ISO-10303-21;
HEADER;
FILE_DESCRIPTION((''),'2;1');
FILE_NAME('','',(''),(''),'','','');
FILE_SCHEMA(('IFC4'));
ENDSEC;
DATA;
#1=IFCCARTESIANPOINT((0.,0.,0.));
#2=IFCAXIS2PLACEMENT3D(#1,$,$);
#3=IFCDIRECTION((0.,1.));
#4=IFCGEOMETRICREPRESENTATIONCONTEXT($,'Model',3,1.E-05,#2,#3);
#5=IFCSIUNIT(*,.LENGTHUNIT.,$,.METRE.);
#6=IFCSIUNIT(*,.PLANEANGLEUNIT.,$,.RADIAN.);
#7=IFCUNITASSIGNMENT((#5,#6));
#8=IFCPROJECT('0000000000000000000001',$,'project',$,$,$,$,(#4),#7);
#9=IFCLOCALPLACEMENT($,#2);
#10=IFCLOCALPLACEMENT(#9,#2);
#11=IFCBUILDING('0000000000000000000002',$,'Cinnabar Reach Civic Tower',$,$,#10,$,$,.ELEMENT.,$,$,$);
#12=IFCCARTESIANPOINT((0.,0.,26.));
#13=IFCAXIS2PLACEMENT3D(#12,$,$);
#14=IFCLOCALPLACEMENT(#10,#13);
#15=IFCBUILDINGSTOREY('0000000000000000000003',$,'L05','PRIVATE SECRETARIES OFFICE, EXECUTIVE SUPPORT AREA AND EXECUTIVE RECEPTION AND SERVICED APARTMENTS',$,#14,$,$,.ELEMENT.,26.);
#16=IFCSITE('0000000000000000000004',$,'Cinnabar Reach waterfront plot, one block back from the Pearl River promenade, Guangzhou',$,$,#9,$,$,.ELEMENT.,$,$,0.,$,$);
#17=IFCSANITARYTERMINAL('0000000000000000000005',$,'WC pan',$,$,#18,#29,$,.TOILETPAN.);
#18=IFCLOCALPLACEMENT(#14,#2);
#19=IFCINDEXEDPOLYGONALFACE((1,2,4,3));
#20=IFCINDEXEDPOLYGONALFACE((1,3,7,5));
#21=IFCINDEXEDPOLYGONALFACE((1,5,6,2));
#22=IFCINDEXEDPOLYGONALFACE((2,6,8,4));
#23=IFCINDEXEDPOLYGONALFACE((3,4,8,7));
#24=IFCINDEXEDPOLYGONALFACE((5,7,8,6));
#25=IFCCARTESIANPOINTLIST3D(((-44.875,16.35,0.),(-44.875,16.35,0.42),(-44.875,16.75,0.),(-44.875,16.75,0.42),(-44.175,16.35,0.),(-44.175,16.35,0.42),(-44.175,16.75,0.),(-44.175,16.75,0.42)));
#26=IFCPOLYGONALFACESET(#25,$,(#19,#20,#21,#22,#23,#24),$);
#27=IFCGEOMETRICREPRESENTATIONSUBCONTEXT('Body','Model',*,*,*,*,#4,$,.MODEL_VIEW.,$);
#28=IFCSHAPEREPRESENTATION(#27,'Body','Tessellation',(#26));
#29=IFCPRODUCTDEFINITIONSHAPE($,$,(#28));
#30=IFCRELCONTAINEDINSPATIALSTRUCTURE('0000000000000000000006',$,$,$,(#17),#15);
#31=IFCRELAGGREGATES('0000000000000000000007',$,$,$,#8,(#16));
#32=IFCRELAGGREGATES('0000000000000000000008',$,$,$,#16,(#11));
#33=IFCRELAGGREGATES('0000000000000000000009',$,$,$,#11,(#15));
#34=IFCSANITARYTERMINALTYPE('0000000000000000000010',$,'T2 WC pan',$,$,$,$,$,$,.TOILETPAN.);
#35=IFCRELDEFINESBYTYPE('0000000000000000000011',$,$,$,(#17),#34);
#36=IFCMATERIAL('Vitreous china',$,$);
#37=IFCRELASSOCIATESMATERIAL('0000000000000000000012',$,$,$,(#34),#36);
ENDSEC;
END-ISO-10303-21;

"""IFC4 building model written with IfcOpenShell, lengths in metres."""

from ifc_helpers import new_model, si_unit, direction, frame, origin, origin_2d, place, context, subcontext, project, spatial, rectangle, extrude, material, type_object, element, save


model = new_model("IFC4")

# Units and contexts
model_context = context("Model", 3, precision=1e-05, world=origin(), true_north=direction((0.0, 1.0)))
body_context = subcontext(model_context, "Body", "Model", "MODEL_VIEW")
ifc_project = project(units=[si_unit("LENGTHUNIT", "METRE"), si_unit("PLANEANGLEUNIT", "RADIAN")], contexts=[model_context])

# Site, building, storey
site_placement = place(None, origin())
site = spatial("IfcSite", under=ifc_project, at=site_placement, Name="Cinnabar Reach waterfront plot, one block back from the Pearl River promenade, Guangzhou", CompositionType="ELEMENT", RefElevation=0.0)
building_placement = place(site_placement, origin())
building = spatial("IfcBuilding", under=site, at=building_placement, Name="Cinnabar Reach Civic Tower", CompositionType="ELEMENT")
storey_placement = place(building_placement, frame((0.0, 0.0, 26.0)))
storey = spatial("IfcBuildingStorey", under=building, at=storey_placement, Name="L05", Description="PRIVATE SECRETARIES OFFICE, EXECUTIVE SUPPORT AREA AND EXECUTIVE RECEPTION AND SERVICED APARTMENTS", CompositionType="ELEMENT", Elevation=26.0)

# Sanitary terminal
ifc_material_1 = material(Name="Vitreous china")
sanitary_terminal_type = type_object("IfcSanitaryTerminalType", Name="T2 WC pan", PredefinedType="TOILETPAN", material=ifc_material_1)
sanitary_terminal_placement = place(storey_placement, frame((-44.525, 16.55, 0.0), z_axis=(0.0, 0.0, 1.0), x_axis=(1.0, 0.0, 0.0)))
element("IfcSanitaryTerminal", 1, at=sanitary_terminal_placement, inside=storey, type_object=sanitary_terminal_type, Name="WC pan", PredefinedType="TOILETPAN", context=body_context, shape_type="SweptSolid", body=[
    extrude(rectangle(XDim=0.7, YDim=0.4, at=origin_2d()), origin(), (0.0, 0.0, 1.0), 0.42),
])

save(model, "model.ifc")
